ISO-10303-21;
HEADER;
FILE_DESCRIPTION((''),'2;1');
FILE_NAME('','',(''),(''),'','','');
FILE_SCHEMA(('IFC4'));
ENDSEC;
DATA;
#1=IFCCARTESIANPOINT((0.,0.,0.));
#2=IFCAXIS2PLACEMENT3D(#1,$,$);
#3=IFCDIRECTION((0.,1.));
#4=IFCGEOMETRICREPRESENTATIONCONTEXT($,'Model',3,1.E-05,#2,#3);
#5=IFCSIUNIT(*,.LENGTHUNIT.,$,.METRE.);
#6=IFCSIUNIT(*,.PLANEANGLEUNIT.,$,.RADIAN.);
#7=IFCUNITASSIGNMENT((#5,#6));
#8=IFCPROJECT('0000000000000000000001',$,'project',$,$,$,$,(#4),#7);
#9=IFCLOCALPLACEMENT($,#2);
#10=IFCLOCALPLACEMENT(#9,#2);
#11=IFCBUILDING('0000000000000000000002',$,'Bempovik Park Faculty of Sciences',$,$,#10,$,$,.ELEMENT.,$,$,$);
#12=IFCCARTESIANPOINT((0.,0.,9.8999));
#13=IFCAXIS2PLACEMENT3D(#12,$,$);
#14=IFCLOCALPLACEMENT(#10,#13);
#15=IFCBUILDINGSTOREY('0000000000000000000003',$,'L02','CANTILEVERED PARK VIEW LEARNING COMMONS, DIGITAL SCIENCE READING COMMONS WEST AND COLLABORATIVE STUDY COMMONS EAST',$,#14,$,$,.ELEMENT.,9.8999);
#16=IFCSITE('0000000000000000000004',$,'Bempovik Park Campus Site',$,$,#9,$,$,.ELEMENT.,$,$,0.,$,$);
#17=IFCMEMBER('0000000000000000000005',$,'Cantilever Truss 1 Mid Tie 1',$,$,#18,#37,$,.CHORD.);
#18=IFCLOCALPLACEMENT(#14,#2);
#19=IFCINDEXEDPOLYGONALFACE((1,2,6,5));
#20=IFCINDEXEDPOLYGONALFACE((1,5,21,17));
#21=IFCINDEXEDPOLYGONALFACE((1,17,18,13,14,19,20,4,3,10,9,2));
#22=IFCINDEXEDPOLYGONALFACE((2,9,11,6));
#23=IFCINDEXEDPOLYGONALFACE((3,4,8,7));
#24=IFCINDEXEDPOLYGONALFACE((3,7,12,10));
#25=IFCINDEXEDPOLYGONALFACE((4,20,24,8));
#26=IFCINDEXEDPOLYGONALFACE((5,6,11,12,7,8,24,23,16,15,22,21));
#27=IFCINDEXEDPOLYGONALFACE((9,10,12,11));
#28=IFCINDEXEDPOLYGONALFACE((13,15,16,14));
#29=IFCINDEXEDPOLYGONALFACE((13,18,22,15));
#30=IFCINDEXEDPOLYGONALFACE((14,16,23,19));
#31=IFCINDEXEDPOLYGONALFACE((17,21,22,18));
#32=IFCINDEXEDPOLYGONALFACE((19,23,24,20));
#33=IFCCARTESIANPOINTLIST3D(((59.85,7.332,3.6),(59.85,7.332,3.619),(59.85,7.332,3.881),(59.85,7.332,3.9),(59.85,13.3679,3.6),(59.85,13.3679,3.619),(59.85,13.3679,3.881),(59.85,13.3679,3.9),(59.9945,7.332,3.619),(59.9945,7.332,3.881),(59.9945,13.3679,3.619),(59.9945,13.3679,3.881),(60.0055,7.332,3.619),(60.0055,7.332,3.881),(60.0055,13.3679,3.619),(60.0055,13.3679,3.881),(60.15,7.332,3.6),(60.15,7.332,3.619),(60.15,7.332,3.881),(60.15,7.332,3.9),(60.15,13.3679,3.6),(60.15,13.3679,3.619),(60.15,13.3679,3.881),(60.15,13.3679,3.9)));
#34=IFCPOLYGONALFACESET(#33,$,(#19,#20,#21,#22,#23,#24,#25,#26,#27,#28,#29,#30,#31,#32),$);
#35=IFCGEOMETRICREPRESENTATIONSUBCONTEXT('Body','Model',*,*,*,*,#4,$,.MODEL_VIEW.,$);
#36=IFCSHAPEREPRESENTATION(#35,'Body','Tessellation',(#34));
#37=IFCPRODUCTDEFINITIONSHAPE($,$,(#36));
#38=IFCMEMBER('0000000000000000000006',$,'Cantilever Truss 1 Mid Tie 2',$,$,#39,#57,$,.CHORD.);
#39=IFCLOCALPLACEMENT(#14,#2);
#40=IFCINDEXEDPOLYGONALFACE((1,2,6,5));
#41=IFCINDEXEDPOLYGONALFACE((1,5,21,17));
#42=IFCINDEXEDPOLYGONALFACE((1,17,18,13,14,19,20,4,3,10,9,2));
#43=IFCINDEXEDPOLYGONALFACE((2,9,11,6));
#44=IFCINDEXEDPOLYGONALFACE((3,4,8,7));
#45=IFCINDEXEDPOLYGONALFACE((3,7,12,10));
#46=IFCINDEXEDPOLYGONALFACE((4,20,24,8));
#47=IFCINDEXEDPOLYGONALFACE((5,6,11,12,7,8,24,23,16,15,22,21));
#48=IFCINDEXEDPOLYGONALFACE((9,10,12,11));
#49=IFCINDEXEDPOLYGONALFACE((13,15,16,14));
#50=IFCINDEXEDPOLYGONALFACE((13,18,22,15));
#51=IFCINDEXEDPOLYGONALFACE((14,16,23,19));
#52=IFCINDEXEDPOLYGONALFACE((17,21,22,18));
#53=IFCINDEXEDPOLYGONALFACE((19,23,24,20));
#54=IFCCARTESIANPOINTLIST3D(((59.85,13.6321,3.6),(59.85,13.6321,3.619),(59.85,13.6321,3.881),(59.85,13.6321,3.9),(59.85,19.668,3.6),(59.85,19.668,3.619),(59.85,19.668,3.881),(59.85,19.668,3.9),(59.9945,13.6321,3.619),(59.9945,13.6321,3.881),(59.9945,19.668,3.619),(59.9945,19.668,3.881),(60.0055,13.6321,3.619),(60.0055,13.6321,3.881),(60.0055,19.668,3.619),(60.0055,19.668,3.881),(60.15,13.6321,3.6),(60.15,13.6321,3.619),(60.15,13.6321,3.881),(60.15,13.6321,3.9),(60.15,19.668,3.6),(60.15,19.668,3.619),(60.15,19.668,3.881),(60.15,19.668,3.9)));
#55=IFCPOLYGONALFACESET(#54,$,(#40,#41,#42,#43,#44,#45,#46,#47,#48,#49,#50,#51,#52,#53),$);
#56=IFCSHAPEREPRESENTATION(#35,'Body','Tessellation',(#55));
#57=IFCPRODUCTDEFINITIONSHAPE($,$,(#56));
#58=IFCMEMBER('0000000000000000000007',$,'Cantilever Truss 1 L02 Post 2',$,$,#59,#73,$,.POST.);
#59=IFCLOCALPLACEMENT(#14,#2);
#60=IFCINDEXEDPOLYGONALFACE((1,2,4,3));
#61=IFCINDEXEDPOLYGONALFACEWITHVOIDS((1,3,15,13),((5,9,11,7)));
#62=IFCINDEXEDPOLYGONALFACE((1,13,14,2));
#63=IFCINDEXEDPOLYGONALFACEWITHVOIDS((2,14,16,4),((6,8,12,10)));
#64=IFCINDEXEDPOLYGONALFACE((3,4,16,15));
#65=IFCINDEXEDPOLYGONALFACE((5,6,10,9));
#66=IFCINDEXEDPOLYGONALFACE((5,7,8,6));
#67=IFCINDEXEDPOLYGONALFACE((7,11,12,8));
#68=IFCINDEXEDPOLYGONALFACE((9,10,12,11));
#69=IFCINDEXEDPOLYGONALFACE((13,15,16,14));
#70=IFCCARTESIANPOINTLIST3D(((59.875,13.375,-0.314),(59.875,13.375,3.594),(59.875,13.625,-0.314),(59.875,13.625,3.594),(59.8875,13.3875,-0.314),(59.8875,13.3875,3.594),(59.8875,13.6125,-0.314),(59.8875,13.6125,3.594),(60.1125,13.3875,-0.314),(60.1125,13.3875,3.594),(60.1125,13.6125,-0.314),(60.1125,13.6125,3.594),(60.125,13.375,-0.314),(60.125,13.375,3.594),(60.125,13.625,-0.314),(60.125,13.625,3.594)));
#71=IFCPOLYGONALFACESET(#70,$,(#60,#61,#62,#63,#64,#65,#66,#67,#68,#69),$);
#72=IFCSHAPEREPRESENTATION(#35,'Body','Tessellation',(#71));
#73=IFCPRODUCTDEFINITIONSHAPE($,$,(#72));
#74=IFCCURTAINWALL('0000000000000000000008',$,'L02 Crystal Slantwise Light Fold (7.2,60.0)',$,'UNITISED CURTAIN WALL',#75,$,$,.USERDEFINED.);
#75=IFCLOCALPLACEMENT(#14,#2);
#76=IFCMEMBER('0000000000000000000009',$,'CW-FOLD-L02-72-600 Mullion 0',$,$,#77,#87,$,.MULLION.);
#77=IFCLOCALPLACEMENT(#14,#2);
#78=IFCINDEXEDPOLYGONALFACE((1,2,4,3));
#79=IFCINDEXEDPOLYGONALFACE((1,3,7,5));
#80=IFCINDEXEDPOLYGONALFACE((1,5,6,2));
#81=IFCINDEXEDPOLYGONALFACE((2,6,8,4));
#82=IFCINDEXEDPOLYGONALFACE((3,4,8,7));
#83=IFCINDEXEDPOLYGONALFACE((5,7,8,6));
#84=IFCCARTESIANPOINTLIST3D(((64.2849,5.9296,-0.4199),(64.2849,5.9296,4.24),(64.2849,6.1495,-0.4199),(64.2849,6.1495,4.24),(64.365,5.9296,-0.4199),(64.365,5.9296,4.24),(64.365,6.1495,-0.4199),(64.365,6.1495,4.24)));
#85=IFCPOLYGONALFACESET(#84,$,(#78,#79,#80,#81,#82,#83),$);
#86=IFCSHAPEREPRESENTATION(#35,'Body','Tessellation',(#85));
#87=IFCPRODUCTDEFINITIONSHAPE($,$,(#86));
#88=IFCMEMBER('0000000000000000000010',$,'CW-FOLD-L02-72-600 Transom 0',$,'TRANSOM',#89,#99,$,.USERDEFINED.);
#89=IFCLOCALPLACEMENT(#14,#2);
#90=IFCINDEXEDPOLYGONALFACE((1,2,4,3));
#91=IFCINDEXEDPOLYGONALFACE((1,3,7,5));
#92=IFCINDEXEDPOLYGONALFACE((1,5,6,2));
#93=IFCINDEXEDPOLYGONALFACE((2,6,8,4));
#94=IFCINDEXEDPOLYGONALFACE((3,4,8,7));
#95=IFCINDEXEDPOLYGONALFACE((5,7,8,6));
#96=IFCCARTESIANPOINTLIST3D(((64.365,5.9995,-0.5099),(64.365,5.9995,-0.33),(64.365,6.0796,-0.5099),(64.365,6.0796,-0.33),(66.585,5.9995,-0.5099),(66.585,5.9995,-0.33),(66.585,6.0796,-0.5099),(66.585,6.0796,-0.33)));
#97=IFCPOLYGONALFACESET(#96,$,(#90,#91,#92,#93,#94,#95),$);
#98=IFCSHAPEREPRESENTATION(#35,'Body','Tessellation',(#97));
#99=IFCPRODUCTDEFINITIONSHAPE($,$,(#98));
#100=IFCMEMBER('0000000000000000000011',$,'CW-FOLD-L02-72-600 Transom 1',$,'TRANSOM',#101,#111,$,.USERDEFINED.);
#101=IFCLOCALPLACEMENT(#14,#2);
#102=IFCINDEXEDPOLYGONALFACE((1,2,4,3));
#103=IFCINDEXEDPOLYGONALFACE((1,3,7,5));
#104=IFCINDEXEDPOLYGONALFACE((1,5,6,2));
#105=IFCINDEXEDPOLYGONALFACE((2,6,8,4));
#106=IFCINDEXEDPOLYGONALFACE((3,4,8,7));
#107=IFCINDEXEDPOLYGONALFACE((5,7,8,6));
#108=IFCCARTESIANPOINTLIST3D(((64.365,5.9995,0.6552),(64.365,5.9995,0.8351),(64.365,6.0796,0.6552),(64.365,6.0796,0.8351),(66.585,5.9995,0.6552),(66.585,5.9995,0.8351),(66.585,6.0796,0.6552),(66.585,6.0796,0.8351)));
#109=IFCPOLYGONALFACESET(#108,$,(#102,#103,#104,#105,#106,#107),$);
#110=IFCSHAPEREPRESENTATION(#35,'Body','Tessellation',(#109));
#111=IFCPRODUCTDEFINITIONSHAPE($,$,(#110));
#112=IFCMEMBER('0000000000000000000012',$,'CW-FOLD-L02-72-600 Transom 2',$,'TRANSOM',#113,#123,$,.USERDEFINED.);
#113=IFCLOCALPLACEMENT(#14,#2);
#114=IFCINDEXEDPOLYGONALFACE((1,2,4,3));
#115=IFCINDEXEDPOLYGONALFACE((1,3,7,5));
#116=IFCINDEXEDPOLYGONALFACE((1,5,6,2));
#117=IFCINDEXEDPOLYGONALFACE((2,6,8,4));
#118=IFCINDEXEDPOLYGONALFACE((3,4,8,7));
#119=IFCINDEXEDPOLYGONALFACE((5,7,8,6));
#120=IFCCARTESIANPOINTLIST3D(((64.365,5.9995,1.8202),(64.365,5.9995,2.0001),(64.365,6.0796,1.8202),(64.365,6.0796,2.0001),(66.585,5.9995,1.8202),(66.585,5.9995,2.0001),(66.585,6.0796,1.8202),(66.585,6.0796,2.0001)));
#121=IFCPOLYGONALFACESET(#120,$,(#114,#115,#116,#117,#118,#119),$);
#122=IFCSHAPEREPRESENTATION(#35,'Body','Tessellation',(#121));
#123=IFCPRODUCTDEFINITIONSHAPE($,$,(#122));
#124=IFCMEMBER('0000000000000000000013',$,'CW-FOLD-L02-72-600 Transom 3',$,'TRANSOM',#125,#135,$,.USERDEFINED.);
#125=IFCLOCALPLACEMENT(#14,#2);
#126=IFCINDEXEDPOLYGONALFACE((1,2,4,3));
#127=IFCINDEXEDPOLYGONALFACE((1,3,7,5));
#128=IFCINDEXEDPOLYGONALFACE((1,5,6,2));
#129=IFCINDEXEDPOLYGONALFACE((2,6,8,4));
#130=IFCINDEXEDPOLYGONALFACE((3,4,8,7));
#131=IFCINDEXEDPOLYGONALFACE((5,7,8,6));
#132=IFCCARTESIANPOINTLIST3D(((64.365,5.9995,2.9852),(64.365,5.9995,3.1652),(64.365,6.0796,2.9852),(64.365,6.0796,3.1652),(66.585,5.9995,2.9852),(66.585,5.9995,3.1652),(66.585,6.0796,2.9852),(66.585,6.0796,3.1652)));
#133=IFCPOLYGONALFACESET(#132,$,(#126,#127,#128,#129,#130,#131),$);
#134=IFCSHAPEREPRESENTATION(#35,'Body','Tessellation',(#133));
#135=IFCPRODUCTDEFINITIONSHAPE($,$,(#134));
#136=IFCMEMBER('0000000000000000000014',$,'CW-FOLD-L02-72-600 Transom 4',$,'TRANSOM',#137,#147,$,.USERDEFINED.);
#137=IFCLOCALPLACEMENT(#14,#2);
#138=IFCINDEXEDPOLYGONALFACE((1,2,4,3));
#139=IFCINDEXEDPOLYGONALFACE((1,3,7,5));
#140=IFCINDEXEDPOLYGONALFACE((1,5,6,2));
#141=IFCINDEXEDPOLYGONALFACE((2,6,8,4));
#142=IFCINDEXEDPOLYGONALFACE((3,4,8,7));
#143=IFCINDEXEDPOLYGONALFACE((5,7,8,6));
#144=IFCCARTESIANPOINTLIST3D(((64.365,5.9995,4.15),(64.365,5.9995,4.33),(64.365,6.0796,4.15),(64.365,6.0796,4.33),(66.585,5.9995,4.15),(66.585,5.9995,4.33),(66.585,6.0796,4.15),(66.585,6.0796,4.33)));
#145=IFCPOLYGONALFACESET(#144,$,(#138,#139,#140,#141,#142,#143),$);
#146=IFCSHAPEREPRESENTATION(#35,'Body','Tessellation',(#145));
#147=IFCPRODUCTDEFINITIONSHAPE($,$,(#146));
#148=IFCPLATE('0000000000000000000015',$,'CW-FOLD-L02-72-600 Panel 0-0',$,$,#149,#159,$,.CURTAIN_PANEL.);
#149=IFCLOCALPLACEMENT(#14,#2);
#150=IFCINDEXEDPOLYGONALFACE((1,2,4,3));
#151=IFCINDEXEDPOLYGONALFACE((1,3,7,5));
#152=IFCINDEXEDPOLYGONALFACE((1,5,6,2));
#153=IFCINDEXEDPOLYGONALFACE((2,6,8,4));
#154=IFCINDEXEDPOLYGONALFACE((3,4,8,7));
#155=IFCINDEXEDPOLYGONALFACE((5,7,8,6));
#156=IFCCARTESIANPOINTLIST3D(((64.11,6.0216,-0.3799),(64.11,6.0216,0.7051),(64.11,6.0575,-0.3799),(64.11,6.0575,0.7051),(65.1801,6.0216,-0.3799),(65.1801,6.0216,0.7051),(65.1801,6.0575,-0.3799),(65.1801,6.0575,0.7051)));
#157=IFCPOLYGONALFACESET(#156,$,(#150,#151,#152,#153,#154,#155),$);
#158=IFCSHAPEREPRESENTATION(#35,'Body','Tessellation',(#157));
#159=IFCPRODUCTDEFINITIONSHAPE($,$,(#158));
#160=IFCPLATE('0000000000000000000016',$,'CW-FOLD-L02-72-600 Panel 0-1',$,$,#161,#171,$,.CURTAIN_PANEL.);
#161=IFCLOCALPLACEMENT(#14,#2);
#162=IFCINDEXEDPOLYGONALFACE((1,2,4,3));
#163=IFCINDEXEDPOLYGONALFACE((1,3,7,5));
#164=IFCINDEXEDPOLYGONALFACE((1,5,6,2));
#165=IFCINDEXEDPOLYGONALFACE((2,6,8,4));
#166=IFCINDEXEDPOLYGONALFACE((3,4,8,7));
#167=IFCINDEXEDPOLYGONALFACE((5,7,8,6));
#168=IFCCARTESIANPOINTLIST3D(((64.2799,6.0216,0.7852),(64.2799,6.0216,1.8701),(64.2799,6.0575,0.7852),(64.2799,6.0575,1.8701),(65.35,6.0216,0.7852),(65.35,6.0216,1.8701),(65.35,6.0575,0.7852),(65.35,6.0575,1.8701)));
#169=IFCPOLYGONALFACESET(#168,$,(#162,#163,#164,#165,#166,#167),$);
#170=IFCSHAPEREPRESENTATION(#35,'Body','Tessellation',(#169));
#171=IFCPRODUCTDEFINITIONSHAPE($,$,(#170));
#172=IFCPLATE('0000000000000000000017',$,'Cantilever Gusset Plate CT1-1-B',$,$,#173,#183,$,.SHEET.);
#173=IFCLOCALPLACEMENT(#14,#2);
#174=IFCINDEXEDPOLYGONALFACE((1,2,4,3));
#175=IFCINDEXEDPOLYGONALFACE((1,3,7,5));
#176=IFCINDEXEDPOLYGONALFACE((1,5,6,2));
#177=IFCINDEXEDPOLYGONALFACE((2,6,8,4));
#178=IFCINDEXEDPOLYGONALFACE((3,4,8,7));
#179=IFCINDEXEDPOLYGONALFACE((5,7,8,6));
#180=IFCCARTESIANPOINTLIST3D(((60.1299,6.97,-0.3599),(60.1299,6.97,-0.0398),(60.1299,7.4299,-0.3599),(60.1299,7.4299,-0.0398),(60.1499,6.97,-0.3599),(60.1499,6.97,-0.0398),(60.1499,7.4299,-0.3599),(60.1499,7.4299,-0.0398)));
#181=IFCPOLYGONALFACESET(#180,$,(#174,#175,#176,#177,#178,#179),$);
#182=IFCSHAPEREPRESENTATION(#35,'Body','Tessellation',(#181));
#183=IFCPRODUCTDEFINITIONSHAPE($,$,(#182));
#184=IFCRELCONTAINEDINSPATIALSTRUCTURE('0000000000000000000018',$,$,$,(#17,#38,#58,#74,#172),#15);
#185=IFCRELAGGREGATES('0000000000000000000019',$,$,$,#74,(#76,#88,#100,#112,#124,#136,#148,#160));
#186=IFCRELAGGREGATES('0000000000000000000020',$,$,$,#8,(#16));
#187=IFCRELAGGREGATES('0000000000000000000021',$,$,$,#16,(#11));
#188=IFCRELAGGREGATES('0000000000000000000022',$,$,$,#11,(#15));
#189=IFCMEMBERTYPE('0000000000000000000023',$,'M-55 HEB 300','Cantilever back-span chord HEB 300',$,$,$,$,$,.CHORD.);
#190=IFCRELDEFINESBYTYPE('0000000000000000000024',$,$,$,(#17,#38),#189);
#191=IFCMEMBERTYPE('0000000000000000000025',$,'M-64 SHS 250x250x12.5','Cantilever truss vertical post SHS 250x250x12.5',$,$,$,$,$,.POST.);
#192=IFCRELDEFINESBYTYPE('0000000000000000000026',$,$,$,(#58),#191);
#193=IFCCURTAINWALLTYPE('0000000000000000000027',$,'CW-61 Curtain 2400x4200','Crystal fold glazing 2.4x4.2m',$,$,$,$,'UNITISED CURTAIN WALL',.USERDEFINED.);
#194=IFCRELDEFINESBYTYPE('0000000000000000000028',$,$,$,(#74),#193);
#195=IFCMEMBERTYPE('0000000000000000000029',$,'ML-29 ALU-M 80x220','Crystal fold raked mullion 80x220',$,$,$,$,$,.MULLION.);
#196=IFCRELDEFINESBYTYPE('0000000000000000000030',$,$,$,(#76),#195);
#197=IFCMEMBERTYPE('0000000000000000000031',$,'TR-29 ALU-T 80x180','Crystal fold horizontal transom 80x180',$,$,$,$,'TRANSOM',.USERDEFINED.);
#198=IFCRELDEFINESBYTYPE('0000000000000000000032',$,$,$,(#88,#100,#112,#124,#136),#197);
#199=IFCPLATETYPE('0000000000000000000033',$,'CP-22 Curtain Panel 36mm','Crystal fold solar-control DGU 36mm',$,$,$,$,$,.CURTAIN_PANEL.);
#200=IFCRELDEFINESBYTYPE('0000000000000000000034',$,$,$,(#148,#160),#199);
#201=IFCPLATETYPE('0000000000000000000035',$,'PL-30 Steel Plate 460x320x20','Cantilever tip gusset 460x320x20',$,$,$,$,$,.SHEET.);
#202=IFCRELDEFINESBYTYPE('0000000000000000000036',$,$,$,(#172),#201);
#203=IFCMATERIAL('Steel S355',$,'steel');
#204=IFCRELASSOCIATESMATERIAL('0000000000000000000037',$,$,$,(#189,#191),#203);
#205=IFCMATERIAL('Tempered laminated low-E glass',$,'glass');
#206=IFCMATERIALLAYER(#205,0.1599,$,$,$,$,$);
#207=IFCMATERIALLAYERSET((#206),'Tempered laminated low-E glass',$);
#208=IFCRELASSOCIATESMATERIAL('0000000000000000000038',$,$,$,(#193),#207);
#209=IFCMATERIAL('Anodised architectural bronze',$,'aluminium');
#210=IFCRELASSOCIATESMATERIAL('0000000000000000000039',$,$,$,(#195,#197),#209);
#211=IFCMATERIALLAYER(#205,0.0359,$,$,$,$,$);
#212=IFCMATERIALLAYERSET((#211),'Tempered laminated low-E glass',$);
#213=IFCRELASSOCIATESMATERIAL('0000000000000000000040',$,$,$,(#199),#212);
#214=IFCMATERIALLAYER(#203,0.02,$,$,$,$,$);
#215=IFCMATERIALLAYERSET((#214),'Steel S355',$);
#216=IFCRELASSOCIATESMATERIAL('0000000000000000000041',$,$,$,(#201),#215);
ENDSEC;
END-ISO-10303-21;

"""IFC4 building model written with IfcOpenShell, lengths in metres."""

from ifc_helpers import new_model, si_unit, direction, frame, origin, origin_2d, place, context, subcontext, project, spatial, rectangle, hollow_rectangle, i_section, extrude, material, layer, layer_set, material_profile, profile_set, type_object, element, aggregate, save


model = new_model("IFC4")

# Units and contexts
model_context = context("Model", 3, precision=1e-05, world=origin(), true_north=direction((0.0, 1.0)))
body_context = subcontext(model_context, "Body", "Model", "MODEL_VIEW")
ifc_project = project(units=[si_unit("LENGTHUNIT", "METRE"), si_unit("PLANEANGLEUNIT", "RADIAN")], contexts=[model_context])

# Site, building, storey
site_placement = place(None, origin())
site = spatial("IfcSite", under=ifc_project, at=site_placement, Name="Bempovik Park Campus Site", CompositionType="ELEMENT", RefElevation=0.0)
building_placement = place(site_placement, origin())
building = spatial("IfcBuilding", under=site, at=building_placement, Name="Bempovik Park Faculty of Sciences", CompositionType="ELEMENT")
storey_placement = place(building_placement, frame((0.0, 0.0, 9.8999)))
storey = spatial("IfcBuildingStorey", under=building, at=storey_placement, Name="L02", Description="CANTILEVERED PARK VIEW LEARNING COMMONS, DIGITAL SCIENCE READING COMMONS WEST AND COLLABORATIVE STUDY COMMONS EAST", CompositionType="ELEMENT", Elevation=9.8999)

# Shared definitions
ifc_material_1 = material(Name="Steel S355", Category="steel")

# Members
ifc_material_profile_1 = material_profile(ifc_material_1, i_section(OverallWidth=0.3, OverallDepth=0.3, WebThickness=0.011, FlangeThickness=0.019, at=origin_2d()), Name="HEB 300")
ifc_profile_set_1 = profile_set([ifc_material_profile_1], Name="Steel S355")
member_type_1 = type_object("IfcMemberType", Name="M-55 HEB 300", Description="Cantilever back-span chord HEB 300", PredefinedType="CHORD", material=ifc_profile_set_1)
for number, where, z_axis, x_axis, name in (
    (1, (60.0, 7.332, 3.75), (0.0, 1.0, 0.0), (-1.0, 0.0, 0.0), "Cantilever Truss 1 Mid Tie 1"),
    (2, (60.0, 13.6321, 3.75), (0.0, 1.0, 0.0), (-1.0, 0.0, 0.0), "Cantilever Truss 1 Mid Tie 2"),
):
    element("IfcMember", number, at=place(storey_placement, frame(where, z_axis=z_axis, x_axis=x_axis)), inside=storey, type_object=member_type_1, Name=name, PredefinedType="CHORD", context=body_context, shape_type="SweptSolid", body=[
        extrude(i_section(OverallWidth=0.3, OverallDepth=0.3, WebThickness=0.011, FlangeThickness=0.019, at=origin_2d()), origin(), (0.0, 0.0, 1.0), 6.0359),
    ])
ifc_material_profile_2 = material_profile(ifc_material_1, hollow_rectangle(XDim=0.25, YDim=0.25, WallThickness=0.0125, at=origin_2d()), Name="SHS 250x250x12.5")
ifc_profile_set_2 = profile_set([ifc_material_profile_2], Name="Steel S355")
member_type_2 = type_object("IfcMemberType", Name="M-64 SHS 250x250x12.5", Description="Cantilever truss vertical post SHS 250x250x12.5", PredefinedType="POST", material=ifc_profile_set_2)
member_1_placement = place(storey_placement, frame((60.0, 13.5, -0.314), z_axis=(0.0, 0.0, 1.0), x_axis=(1.0, 0.0, 0.0)))
element("IfcMember", 3, at=member_1_placement, inside=storey, type_object=member_type_2, Name="Cantilever Truss 1 L02 Post 2", PredefinedType="POST", context=body_context, shape_type="SweptSolid", body=[
    extrude(hollow_rectangle(XDim=0.25, YDim=0.25, WallThickness=0.0125, at=origin_2d()), origin(), (0.0, 0.0, 1.0), 3.908),
])

# Curtain wall, members, plates
ifc_material_2 = material(Name="Tempered laminated low-E glass", Category="glass")
ifc_layer_1 = layer(ifc_material_2, 0.1599)
ifc_layer_set_1 = layer_set([ifc_layer_1], Name="Tempered laminated low-E glass")
curtain_wall_type = type_object("IfcCurtainWallType", Name="CW-61 Curtain 2400x4200", Description="Crystal fold glazing 2.4x4.2m", ElementType="UNITISED CURTAIN WALL", PredefinedType="USERDEFINED", material=ifc_layer_set_1)
curtain_wall_placement = place(storey_placement, origin())
curtain_wall = element("IfcCurtainWall", 4, at=curtain_wall_placement, inside=storey, type_object=curtain_wall_type, Name="L02 Crystal Slantwise Light Fold (7.2,60.0)", ObjectType="UNITISED CURTAIN WALL", PredefinedType="USERDEFINED")
ifc_material_3 = material(Name="Anodised architectural bronze", Category="aluminium")
ifc_material_profile_3 = material_profile(ifc_material_3, rectangle(XDim=0.0801, YDim=0.22, at=origin_2d()), Name="ALU-M 80x220")
ifc_profile_set_3 = profile_set([ifc_material_profile_3], Name="Anodised architectural bronze")
member_type_3 = type_object("IfcMemberType", Name="ML-29 ALU-M 80x220", Description="Crystal fold raked mullion 80x220", PredefinedType="MULLION", material=ifc_profile_set_3)
member_2_placement = place(storey_placement, frame((64.325, 6.0396, -0.4199), z_axis=(0.0, 0.0, 1.0), x_axis=(1.0, 0.0, 0.0)))
member_2 = element("IfcMember", 5, at=member_2_placement, type_object=member_type_3, Name="CW-FOLD-L02-72-600 Mullion 0", PredefinedType="MULLION", context=body_context, shape_type="SweptSolid", body=[
    extrude(rectangle(XDim=0.0801, YDim=0.22, at=origin_2d()), origin(), (0.0, 0.0, 1.0), 4.6599),
])
ifc_material_profile_4 = material_profile(ifc_material_3, rectangle(XDim=0.0801, YDim=0.1799, at=origin_2d()), Name="ALU-T 80x180")
ifc_profile_set_4 = profile_set([ifc_material_profile_4], Name="Anodised architectural bronze")
member_type_4 = type_object("IfcMemberType", Name="TR-29 ALU-T 80x180", Description="Crystal fold horizontal transom 80x180", ElementType="TRANSOM", PredefinedType="USERDEFINED", material=ifc_profile_set_4)
member_3_placement = place(storey_placement, frame((64.365, 6.0396, -0.4199), z_axis=(1.0, 0.0, 0.0), x_axis=(0.0, 1.0, 0.0)))
member_3 = element("IfcMember", 6, at=member_3_placement, type_object=member_type_4, Name="CW-FOLD-L02-72-600 Transom 0", ObjectType="TRANSOM", PredefinedType="USERDEFINED", context=body_context, shape_type="SweptSolid", body=[
    extrude(rectangle(XDim=0.0801, YDim=0.1799, at=origin_2d()), origin(), (0.0, 0.0, 1.0), 2.22),
])
member_4_placement = place(storey_placement, frame((64.365, 6.0396, 0.7451), z_axis=(1.0, 0.0, 0.0), x_axis=(0.0, 1.0, 0.0)))
member_4 = element("IfcMember", 7, at=member_4_placement, type_object=member_type_4, Name="CW-FOLD-L02-72-600 Transom 1", ObjectType="TRANSOM", PredefinedType="USERDEFINED", context=body_context, shape_type="SweptSolid", body=[
    extrude(rectangle(XDim=0.0801, YDim=0.1799, at=origin_2d()), origin(), (0.0, 0.0, 1.0), 2.22),
])
member_5_placement = place(storey_placement, frame((64.365, 6.0396, 1.9102), z_axis=(1.0, 0.0, 0.0), x_axis=(0.0, 1.0, 0.0)))
member_5 = element("IfcMember", 8, at=member_5_placement, type_object=member_type_4, Name="CW-FOLD-L02-72-600 Transom 2", ObjectType="TRANSOM", PredefinedType="USERDEFINED", context=body_context, shape_type="SweptSolid", body=[
    extrude(rectangle(XDim=0.0801, YDim=0.1799, at=origin_2d()), origin(), (0.0, 0.0, 1.0), 2.22),
])
member_6_placement = place(storey_placement, frame((64.365, 6.0396, 3.0752), z_axis=(1.0, 0.0, 0.0), x_axis=(0.0, 1.0, 0.0)))
member_6 = element("IfcMember", 9, at=member_6_placement, type_object=member_type_4, Name="CW-FOLD-L02-72-600 Transom 3", ObjectType="TRANSOM", PredefinedType="USERDEFINED", context=body_context, shape_type="SweptSolid", body=[
    extrude(rectangle(XDim=0.0801, YDim=0.1799, at=origin_2d()), origin(), (0.0, 0.0, 1.0), 2.22),
])
member_7_placement = place(storey_placement, frame((64.365, 6.0396, 4.24), z_axis=(1.0, 0.0, 0.0), x_axis=(0.0, 1.0, 0.0)))
member_7 = element("IfcMember", 10, at=member_7_placement, type_object=member_type_4, Name="CW-FOLD-L02-72-600 Transom 4", ObjectType="TRANSOM", PredefinedType="USERDEFINED", context=body_context, shape_type="SweptSolid", body=[
    extrude(rectangle(XDim=0.0801, YDim=0.1799, at=origin_2d()), origin(), (0.0, 0.0, 1.0), 2.22),
])
ifc_layer_2 = layer(ifc_material_2, 0.0359)
ifc_layer_set_2 = layer_set([ifc_layer_2], Name="Tempered laminated low-E glass")
plate_type_1 = type_object("IfcPlateType", Name="CP-22 Curtain Panel 36mm", Description="Crystal fold solar-control DGU 36mm", PredefinedType="CURTAIN_PANEL", material=ifc_layer_set_2)
plate_1_placement = place(storey_placement, frame((64.645, 6.0396, -0.3799), z_axis=(0.0, 0.0, 1.0), x_axis=(1.0, 0.0, 0.0)))
plate_1 = element("IfcPlate", 11, at=plate_1_placement, type_object=plate_type_1, Name="CW-FOLD-L02-72-600 Panel 0-0", PredefinedType="CURTAIN_PANEL", context=body_context, shape_type="SweptSolid", body=[
    extrude(rectangle(XDim=1.0701, YDim=0.0359, at=origin_2d()), origin(), (0.0, 0.0, 1.0), 1.085),
])
plate_2_placement = place(storey_placement, frame((64.8149, 6.0396, 0.7852), z_axis=(0.0, 0.0, 1.0), x_axis=(1.0, 0.0, 0.0)))
plate_2 = element("IfcPlate", 12, at=plate_2_placement, type_object=plate_type_1, Name="CW-FOLD-L02-72-600 Panel 0-1", PredefinedType="CURTAIN_PANEL", context=body_context, shape_type="SweptSolid", body=[
    extrude(rectangle(XDim=1.0701, YDim=0.0359, at=origin_2d()), origin(), (0.0, 0.0, 1.0), 1.085),
])
aggregate(curtain_wall, [member_2, member_3, member_4, member_5, member_6, member_7, plate_1, plate_2])

# Plate
ifc_layer_3 = layer(ifc_material_1, 0.02)
ifc_layer_set_3 = layer_set([ifc_layer_3], Name="Steel S355")
plate_type_2 = type_object("IfcPlateType", Name="PL-30 Steel Plate 460x320x20", Description="Cantilever tip gusset 460x320x20", PredefinedType="SHEET", material=ifc_layer_set_3)
plate_3_placement = place(storey_placement, frame((60.1399, 7.2, -0.3599), z_axis=(0.0, 0.0, 1.0), x_axis=(1.0, 0.0, 0.0)))
element("IfcPlate", 13, at=plate_3_placement, inside=storey, type_object=plate_type_2, Name="Cantilever Gusset Plate CT1-1-B", PredefinedType="SHEET", context=body_context, shape_type="SweptSolid", body=[
    extrude(rectangle(XDim=0.02, YDim=0.46, at=origin_2d()), origin(), (0.0, 0.0, 1.0), 0.3201),
])

save(model, "model.ifc")
